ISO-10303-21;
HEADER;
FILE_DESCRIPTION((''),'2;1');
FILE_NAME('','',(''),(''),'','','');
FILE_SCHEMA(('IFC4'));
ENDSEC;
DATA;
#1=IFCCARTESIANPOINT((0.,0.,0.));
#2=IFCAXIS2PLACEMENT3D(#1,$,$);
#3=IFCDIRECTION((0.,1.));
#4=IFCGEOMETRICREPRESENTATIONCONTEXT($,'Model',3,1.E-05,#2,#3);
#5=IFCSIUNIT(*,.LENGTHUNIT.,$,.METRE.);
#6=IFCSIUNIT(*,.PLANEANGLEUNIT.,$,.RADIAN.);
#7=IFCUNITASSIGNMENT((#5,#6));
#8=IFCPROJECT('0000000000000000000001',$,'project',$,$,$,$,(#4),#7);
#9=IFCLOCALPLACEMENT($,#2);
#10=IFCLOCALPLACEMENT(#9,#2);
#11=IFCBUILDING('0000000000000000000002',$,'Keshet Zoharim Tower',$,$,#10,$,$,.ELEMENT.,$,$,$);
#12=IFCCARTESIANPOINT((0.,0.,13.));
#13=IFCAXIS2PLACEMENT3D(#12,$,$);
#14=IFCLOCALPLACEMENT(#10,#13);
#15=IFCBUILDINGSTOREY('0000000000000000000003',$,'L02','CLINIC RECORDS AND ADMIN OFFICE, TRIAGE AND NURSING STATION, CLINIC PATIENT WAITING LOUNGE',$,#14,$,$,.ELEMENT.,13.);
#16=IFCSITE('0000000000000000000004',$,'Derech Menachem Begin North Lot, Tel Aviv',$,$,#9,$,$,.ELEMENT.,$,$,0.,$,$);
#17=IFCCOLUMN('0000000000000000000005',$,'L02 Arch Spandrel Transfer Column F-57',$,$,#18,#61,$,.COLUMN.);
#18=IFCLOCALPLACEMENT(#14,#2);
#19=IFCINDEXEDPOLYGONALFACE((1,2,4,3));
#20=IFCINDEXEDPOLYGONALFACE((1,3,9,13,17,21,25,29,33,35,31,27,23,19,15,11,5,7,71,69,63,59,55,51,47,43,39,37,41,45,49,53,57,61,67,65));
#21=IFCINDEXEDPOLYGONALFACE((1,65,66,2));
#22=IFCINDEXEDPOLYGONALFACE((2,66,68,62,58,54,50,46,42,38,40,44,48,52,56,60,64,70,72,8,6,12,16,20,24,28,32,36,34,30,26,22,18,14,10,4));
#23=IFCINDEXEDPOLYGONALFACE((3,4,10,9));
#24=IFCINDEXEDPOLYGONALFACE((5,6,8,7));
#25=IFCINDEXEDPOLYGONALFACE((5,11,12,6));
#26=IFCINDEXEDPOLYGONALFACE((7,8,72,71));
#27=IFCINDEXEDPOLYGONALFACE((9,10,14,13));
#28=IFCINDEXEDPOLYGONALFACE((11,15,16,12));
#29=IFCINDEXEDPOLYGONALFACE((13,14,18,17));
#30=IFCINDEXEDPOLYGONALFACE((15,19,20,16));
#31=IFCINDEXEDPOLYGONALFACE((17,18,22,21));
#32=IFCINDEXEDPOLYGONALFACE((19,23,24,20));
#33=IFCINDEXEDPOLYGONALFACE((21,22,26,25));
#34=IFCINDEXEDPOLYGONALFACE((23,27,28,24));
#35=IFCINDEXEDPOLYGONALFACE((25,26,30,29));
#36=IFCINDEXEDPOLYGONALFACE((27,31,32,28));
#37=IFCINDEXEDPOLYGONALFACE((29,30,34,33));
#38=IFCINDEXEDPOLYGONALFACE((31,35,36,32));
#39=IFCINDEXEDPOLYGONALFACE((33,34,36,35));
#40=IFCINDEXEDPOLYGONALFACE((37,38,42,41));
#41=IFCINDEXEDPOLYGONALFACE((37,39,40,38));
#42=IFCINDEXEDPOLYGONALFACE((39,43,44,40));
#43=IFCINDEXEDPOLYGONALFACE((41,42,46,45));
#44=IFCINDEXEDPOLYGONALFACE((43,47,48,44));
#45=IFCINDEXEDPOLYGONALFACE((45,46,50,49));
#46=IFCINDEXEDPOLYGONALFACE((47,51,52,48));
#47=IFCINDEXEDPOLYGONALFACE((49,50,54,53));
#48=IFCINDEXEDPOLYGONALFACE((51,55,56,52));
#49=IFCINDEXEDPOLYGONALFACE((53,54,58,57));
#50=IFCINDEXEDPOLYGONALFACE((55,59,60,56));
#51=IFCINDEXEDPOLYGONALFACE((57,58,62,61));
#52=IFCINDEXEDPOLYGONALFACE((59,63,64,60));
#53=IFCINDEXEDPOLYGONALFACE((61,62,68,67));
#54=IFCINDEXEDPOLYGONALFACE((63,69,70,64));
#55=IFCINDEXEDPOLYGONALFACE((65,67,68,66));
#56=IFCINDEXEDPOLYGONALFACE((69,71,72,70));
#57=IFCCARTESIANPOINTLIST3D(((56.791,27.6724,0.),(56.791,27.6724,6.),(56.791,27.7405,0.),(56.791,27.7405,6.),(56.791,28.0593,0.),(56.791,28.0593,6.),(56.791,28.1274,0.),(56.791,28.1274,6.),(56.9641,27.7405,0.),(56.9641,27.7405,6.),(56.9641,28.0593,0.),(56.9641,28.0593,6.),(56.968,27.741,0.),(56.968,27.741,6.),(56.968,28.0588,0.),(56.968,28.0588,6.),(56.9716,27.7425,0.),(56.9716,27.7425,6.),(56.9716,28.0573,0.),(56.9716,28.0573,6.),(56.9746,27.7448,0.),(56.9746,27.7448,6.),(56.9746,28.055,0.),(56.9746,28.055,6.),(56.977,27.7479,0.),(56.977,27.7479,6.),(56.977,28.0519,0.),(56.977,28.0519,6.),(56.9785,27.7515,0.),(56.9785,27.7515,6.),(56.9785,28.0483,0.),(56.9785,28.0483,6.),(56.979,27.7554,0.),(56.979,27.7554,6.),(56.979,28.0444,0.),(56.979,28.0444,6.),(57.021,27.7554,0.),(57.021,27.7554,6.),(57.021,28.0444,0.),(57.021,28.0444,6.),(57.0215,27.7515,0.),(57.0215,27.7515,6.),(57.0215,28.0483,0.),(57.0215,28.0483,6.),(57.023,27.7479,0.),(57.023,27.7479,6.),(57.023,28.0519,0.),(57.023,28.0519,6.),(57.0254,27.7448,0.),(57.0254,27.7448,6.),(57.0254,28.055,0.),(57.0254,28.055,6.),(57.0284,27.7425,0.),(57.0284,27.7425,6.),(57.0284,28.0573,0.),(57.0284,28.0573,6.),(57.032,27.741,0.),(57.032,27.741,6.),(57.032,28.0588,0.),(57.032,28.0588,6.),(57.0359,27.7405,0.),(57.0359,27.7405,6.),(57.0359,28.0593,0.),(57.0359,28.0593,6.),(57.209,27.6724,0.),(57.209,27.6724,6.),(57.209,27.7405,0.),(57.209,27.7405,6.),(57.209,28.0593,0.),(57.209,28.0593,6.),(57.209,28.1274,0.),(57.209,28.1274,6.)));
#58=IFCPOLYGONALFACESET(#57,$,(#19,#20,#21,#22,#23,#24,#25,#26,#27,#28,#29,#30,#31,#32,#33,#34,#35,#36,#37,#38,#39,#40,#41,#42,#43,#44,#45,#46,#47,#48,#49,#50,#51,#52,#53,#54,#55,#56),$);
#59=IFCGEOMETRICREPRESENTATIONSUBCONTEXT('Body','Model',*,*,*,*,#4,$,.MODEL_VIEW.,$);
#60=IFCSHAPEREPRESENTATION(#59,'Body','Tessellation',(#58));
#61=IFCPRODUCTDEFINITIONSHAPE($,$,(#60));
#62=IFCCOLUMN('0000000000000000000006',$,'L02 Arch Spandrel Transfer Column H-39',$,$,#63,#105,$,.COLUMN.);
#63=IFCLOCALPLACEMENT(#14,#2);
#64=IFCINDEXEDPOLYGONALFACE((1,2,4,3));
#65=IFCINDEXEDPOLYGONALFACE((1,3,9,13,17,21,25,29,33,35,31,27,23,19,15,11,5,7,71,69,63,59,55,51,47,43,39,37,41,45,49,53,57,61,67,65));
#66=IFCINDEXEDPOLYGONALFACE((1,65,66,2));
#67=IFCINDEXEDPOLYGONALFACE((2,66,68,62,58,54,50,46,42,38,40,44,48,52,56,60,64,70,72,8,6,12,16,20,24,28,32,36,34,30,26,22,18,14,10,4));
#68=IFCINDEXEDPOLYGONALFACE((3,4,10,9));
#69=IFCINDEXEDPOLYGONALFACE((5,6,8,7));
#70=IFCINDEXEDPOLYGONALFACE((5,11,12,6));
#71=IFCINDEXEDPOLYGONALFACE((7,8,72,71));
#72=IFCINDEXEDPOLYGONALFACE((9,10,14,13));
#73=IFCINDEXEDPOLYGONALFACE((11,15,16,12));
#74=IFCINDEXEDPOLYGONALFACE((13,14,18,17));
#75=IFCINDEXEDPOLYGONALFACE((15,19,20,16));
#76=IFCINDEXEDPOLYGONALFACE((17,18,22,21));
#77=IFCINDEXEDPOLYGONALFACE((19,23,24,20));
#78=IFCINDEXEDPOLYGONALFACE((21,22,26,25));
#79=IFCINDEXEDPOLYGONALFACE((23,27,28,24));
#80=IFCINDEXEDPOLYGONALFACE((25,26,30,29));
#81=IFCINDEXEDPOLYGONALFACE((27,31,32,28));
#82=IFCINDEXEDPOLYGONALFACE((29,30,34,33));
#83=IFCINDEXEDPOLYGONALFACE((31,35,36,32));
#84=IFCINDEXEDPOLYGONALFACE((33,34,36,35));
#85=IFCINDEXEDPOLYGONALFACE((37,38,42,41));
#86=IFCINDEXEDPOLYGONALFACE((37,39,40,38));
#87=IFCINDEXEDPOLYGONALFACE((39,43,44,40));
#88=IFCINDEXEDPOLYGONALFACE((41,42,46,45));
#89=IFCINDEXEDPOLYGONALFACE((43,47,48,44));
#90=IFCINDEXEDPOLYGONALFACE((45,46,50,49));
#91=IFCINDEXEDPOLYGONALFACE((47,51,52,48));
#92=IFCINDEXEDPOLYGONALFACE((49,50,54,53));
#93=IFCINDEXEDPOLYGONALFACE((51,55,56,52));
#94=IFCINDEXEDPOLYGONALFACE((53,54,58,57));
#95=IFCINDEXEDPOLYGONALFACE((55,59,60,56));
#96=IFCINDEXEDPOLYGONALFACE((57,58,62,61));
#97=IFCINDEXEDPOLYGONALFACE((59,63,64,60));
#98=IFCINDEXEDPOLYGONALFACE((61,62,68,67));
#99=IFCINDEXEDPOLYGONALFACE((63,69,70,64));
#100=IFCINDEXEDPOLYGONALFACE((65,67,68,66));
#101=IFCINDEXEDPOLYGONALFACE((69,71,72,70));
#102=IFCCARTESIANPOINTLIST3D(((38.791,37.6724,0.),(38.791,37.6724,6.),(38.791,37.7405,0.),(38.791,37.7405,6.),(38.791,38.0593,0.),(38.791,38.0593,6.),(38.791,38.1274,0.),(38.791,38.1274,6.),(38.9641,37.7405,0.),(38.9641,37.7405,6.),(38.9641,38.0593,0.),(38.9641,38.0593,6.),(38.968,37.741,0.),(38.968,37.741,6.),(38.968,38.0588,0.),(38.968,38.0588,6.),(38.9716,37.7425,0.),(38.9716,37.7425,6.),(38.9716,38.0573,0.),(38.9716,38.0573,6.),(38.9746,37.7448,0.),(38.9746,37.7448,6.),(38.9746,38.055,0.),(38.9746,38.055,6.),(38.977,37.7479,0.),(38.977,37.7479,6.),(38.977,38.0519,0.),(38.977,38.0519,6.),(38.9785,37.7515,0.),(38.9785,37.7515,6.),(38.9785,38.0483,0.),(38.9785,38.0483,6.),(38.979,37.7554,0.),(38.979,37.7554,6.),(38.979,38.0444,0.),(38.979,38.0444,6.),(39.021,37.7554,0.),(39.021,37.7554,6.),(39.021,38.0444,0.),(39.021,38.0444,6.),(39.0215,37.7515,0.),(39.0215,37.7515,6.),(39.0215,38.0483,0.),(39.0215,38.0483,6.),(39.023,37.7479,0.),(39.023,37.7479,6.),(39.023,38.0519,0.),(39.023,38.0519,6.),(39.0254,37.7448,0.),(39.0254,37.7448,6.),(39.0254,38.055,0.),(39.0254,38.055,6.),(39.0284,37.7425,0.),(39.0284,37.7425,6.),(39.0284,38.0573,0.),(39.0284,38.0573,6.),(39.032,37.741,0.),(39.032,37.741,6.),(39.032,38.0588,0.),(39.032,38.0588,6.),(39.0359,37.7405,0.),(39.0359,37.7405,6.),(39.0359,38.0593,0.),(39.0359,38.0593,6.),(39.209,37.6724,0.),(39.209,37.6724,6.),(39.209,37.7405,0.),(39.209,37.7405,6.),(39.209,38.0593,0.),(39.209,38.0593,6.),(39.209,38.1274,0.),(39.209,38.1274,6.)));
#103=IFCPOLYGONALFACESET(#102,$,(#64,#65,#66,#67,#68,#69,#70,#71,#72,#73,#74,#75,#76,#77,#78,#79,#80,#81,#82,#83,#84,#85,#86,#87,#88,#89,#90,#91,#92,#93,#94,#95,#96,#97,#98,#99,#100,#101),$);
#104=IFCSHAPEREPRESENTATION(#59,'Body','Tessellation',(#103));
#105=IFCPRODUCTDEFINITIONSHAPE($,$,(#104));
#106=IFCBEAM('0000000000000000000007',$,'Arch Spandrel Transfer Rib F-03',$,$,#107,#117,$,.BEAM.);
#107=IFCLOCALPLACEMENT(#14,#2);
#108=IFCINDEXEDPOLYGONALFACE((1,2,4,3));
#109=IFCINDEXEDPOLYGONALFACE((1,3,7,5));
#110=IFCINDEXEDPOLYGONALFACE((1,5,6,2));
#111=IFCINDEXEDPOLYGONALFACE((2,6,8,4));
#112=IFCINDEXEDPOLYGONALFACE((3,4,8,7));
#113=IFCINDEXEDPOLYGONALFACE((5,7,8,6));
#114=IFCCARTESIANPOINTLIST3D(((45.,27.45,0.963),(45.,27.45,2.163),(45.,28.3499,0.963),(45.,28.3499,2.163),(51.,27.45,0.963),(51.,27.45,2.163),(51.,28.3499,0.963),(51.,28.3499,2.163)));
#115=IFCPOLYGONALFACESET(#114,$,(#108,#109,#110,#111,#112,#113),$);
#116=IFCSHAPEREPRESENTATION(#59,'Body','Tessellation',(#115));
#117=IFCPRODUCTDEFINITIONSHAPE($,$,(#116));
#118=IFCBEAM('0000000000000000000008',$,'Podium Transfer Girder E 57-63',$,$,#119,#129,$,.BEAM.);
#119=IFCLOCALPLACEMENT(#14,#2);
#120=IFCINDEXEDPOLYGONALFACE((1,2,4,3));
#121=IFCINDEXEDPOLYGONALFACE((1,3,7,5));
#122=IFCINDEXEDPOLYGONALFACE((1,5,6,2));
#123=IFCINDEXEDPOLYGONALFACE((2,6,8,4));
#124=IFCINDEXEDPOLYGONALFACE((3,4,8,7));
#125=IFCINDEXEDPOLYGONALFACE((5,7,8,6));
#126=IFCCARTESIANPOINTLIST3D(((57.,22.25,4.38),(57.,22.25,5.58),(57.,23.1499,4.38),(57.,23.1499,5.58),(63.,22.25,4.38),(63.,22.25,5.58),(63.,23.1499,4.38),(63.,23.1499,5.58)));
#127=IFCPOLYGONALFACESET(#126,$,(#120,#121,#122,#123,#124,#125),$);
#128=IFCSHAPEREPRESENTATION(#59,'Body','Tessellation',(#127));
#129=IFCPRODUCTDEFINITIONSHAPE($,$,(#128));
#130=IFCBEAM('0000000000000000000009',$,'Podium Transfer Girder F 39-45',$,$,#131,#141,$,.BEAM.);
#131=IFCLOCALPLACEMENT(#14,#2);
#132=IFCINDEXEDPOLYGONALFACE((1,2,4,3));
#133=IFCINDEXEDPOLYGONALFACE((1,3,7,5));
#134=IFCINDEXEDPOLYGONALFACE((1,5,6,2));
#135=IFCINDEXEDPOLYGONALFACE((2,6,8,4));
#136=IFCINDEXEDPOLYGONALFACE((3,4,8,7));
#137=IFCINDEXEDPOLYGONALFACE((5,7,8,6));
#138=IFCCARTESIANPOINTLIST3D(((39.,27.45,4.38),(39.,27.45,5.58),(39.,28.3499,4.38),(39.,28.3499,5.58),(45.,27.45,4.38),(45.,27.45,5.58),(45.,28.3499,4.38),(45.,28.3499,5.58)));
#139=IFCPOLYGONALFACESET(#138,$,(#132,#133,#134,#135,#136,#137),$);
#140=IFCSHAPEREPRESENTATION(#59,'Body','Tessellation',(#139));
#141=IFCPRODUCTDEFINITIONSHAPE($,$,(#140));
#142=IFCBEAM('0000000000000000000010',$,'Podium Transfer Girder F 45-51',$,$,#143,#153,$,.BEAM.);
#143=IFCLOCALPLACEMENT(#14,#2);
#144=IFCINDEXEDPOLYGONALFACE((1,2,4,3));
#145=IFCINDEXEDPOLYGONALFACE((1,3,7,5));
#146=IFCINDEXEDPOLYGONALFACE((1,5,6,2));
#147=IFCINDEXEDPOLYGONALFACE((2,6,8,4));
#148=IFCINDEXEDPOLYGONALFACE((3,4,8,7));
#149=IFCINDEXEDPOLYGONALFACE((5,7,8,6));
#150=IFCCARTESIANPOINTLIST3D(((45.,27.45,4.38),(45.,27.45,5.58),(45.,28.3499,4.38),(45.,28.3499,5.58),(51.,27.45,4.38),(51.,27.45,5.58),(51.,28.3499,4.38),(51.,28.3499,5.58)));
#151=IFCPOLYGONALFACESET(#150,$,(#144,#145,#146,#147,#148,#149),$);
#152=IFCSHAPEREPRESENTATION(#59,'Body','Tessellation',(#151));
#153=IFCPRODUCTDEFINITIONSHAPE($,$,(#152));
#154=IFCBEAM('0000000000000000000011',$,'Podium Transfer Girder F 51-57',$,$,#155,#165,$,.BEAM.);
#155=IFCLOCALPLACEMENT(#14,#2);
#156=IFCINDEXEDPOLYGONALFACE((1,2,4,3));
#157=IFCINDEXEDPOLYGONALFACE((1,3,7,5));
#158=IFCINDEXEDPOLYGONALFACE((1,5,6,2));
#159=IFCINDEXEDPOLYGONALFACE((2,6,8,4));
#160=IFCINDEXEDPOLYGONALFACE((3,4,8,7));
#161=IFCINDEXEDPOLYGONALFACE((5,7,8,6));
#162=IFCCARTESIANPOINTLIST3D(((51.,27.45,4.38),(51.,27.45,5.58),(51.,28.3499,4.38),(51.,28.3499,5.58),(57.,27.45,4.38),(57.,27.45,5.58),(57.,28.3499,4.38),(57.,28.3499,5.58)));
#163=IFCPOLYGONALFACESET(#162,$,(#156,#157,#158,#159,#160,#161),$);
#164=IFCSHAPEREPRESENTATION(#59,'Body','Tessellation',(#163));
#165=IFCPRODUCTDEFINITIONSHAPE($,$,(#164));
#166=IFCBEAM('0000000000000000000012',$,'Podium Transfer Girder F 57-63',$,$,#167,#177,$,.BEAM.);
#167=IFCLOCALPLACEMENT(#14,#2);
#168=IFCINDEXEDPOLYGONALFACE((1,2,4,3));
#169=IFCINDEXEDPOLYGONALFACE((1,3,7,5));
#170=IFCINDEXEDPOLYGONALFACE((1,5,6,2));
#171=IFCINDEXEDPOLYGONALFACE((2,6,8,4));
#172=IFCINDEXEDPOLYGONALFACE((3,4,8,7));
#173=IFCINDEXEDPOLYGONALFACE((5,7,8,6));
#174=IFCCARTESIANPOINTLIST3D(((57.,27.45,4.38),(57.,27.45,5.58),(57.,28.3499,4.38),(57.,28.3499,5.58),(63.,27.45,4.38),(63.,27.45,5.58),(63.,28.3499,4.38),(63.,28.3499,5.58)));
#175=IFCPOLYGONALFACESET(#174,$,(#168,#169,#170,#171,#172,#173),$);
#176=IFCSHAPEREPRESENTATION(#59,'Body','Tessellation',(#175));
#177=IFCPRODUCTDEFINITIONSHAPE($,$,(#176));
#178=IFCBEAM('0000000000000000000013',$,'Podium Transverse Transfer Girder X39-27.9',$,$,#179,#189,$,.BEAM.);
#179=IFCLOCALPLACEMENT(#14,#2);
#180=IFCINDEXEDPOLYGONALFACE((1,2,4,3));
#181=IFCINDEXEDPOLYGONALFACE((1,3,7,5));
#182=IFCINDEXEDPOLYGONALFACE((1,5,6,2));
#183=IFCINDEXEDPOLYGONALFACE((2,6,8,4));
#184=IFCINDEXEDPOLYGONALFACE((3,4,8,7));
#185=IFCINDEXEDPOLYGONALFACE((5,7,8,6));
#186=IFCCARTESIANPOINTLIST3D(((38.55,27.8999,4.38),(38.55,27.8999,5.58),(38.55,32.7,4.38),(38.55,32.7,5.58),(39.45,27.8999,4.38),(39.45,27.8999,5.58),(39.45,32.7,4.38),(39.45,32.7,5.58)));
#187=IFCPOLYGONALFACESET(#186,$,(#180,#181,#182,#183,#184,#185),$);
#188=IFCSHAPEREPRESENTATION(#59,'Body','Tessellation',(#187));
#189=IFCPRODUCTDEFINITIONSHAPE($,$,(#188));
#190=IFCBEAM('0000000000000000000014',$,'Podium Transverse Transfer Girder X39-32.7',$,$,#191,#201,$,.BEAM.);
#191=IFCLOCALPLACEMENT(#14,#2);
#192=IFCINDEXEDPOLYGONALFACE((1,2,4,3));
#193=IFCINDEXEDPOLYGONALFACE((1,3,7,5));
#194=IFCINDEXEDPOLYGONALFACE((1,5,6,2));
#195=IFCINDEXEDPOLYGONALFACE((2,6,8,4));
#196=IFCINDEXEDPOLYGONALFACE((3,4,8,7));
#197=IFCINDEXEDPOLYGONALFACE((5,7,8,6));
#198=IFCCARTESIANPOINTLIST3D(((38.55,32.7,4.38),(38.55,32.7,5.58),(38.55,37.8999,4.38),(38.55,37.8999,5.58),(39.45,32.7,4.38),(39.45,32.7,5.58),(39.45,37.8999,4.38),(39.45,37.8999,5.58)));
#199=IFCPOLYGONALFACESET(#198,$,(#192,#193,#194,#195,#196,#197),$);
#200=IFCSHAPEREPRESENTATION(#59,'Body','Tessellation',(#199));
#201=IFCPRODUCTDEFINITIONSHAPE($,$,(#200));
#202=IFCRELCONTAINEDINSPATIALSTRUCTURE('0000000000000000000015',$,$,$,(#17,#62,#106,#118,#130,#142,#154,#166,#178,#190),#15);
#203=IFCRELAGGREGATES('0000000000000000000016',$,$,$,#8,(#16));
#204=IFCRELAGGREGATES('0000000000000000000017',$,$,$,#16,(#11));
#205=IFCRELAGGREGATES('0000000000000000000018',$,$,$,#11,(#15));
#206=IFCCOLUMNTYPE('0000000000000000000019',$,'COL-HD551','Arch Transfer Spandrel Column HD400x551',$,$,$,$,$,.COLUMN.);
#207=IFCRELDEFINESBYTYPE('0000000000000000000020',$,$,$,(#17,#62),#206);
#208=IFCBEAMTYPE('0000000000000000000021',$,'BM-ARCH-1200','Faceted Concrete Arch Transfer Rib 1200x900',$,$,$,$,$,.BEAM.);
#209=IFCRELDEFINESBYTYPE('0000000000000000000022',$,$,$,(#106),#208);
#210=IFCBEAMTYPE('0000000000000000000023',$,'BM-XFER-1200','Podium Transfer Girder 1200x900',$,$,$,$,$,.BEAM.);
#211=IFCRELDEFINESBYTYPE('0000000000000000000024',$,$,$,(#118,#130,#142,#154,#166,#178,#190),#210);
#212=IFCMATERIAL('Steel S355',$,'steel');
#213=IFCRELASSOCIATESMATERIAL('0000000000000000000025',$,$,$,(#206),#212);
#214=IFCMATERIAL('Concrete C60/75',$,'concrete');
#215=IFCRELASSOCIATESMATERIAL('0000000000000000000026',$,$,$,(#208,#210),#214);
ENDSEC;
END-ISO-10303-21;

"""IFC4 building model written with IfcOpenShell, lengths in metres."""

from ifc_helpers import new_model, si_unit, direction, frame, origin, origin_2d, place, context, subcontext, project, spatial, rectangle, i_section, extrude, material, material_profile, profile_set, type_object, element, save


model = new_model("IFC4")

# Units and contexts
model_context = context("Model", 3, precision=1e-05, world=origin(), true_north=direction((0.0, 1.0)))
body_context = subcontext(model_context, "Body", "Model", "MODEL_VIEW")
ifc_project = project(units=[si_unit("LENGTHUNIT", "METRE"), si_unit("PLANEANGLEUNIT", "RADIAN")], contexts=[model_context])

# Site, building, storey
site_placement = place(None, origin())
site = spatial("IfcSite", under=ifc_project, at=site_placement, Name="Derech Menachem Begin North Lot, Tel Aviv", CompositionType="ELEMENT", RefElevation=0.0)
building_placement = place(site_placement, origin())
building = spatial("IfcBuilding", under=site, at=building_placement, Name="Keshet Zoharim Tower", CompositionType="ELEMENT")
storey_placement = place(building_placement, frame((0.0, 0.0, 13.0)))
storey = spatial("IfcBuildingStorey", under=building, at=storey_placement, Name="L02", Description="CLINIC RECORDS AND ADMIN OFFICE, TRIAGE AND NURSING STATION, CLINIC PATIENT WAITING LOUNGE", CompositionType="ELEMENT", Elevation=13.0)

# Columns
ifc_material_1 = material(Name="Steel S355", Category="steel")
ifc_material_profile_1 = material_profile(ifc_material_1, i_section(OverallWidth=0.418, OverallDepth=0.4551, WebThickness=0.042, FlangeThickness=0.0681, FilletRadius=0.0149, at=origin_2d()), Name="HD400x551")
ifc_profile_set_1 = profile_set([ifc_material_profile_1], Name="Steel S355")
column_type = type_object("IfcColumnType", Name="COL-HD551", Description="Arch Transfer Spandrel Column HD400x551", PredefinedType="COLUMN", material=ifc_profile_set_1)
for number, where, z_axis, x_axis, name in (
    (1, (57.0, 27.8999, 0.0), (0.0, 0.0, 1.0), (1.0, 0.0, 0.0), "L02 Arch Spandrel Transfer Column F-57"),
    (2, (39.0, 37.8999, 0.0), (0.0, 0.0, 1.0), (1.0, 0.0, 0.0), "L02 Arch Spandrel Transfer Column H-39"),
):
    element("IfcColumn", number, at=place(storey_placement, frame(where, z_axis=z_axis, x_axis=x_axis)), inside=storey, type_object=column_type, Name=name, PredefinedType="COLUMN", context=body_context, shape_type="SweptSolid", body=[
        extrude(i_section(OverallWidth=0.418, OverallDepth=0.4551, WebThickness=0.042, FlangeThickness=0.0681, FilletRadius=0.0149, at=origin_2d()), origin(), (0.0, 0.0, 1.0), 6.0),
    ])

# Beams
ifc_material_2 = material(Name="Concrete C60/75", Category="concrete")
ifc_material_profile_2 = material_profile(ifc_material_2, rectangle(XDim=0.8999, YDim=1.2, at=origin_2d()), Name="RC1200x900")
ifc_profile_set_2 = profile_set([ifc_material_profile_2], Name="Concrete C60/75")
beam_type_1 = type_object("IfcBeamType", Name="BM-ARCH-1200", Description="Faceted Concrete Arch Transfer Rib 1200x900", PredefinedType="BEAM", material=ifc_profile_set_2)
beam_1_placement = place(storey_placement, frame((45.0, 27.8999, 1.563), z_axis=(1.0, 0.0, 0.0), x_axis=(0.0, 1.0, 0.0)))
element("IfcBeam", 3, at=beam_1_placement, inside=storey, type_object=beam_type_1, Name="Arch Spandrel Transfer Rib F-03", PredefinedType="BEAM", context=body_context, shape_type="SweptSolid", body=[
    extrude(rectangle(XDim=0.8999, YDim=1.2, at=origin_2d()), origin(), (0.0, 0.0, 1.0), 6.0),
])
ifc_material_profile_3 = material_profile(ifc_material_2, rectangle(XDim=0.8999, YDim=1.2, at=origin_2d()), Name="RC1200x900")
ifc_profile_set_3 = profile_set([ifc_material_profile_3], Name="Concrete C60/75")
beam_type_2 = type_object("IfcBeamType", Name="BM-XFER-1200", Description="Podium Transfer Girder 1200x900", PredefinedType="BEAM", material=ifc_profile_set_3)
for number, where, z_axis, x_axis, name in (
    (4, (57.0, 22.7, 4.98), (1.0, 0.0, 0.0), (0.0, 1.0, 0.0), "Podium Transfer Girder E 57-63"),
    (5, (39.0, 27.8999, 4.98), (1.0, 0.0, 0.0), (0.0, 1.0, 0.0), "Podium Transfer Girder F 39-45"),
    (6, (45.0, 27.8999, 4.98), (1.0, 0.0, 0.0), (0.0, 1.0, 0.0), "Podium Transfer Girder F 45-51"),
    (7, (51.0, 27.8999, 4.98), (1.0, 0.0, 0.0), (0.0, 1.0, 0.0), "Podium Transfer Girder F 51-57"),
    (8, (57.0, 27.8999, 4.98), (1.0, 0.0, 0.0), (0.0, 1.0, 0.0), "Podium Transfer Girder F 57-63"),
):
    element("IfcBeam", number, at=place(storey_placement, frame(where, z_axis=z_axis, x_axis=x_axis)), inside=storey, type_object=beam_type_2, Name=name, PredefinedType="BEAM", context=body_context, shape_type="SweptSolid", body=[
        extrude(rectangle(XDim=0.8999, YDim=1.2, at=origin_2d()), origin(), (0.0, 0.0, 1.0), 6.0),
    ])
beam_2_placement = place(storey_placement, frame((39.0, 27.8999, 4.98), z_axis=(0.0, 1.0, 0.0), x_axis=(-1.0, 0.0, 0.0)))
element("IfcBeam", 9, at=beam_2_placement, inside=storey, type_object=beam_type_2, Name="Podium Transverse Transfer Girder X39-27.9", PredefinedType="BEAM", context=body_context, shape_type="SweptSolid", body=[
    extrude(rectangle(XDim=0.8999, YDim=1.2, at=origin_2d()), origin(), (0.0, 0.0, 1.0), 4.8),
])
beam_3_placement = place(storey_placement, frame((39.0, 32.7, 4.98), z_axis=(0.0, 1.0, 0.0), x_axis=(-1.0, 0.0, 0.0)))
element("IfcBeam", 10, at=beam_3_placement, inside=storey, type_object=beam_type_2, Name="Podium Transverse Transfer Girder X39-32.7", PredefinedType="BEAM", context=body_context, shape_type="SweptSolid", body=[
    extrude(rectangle(XDim=0.8999, YDim=1.2, at=origin_2d()), origin(), (0.0, 0.0, 1.0), 5.2),
])

save(model, "model.ifc")
